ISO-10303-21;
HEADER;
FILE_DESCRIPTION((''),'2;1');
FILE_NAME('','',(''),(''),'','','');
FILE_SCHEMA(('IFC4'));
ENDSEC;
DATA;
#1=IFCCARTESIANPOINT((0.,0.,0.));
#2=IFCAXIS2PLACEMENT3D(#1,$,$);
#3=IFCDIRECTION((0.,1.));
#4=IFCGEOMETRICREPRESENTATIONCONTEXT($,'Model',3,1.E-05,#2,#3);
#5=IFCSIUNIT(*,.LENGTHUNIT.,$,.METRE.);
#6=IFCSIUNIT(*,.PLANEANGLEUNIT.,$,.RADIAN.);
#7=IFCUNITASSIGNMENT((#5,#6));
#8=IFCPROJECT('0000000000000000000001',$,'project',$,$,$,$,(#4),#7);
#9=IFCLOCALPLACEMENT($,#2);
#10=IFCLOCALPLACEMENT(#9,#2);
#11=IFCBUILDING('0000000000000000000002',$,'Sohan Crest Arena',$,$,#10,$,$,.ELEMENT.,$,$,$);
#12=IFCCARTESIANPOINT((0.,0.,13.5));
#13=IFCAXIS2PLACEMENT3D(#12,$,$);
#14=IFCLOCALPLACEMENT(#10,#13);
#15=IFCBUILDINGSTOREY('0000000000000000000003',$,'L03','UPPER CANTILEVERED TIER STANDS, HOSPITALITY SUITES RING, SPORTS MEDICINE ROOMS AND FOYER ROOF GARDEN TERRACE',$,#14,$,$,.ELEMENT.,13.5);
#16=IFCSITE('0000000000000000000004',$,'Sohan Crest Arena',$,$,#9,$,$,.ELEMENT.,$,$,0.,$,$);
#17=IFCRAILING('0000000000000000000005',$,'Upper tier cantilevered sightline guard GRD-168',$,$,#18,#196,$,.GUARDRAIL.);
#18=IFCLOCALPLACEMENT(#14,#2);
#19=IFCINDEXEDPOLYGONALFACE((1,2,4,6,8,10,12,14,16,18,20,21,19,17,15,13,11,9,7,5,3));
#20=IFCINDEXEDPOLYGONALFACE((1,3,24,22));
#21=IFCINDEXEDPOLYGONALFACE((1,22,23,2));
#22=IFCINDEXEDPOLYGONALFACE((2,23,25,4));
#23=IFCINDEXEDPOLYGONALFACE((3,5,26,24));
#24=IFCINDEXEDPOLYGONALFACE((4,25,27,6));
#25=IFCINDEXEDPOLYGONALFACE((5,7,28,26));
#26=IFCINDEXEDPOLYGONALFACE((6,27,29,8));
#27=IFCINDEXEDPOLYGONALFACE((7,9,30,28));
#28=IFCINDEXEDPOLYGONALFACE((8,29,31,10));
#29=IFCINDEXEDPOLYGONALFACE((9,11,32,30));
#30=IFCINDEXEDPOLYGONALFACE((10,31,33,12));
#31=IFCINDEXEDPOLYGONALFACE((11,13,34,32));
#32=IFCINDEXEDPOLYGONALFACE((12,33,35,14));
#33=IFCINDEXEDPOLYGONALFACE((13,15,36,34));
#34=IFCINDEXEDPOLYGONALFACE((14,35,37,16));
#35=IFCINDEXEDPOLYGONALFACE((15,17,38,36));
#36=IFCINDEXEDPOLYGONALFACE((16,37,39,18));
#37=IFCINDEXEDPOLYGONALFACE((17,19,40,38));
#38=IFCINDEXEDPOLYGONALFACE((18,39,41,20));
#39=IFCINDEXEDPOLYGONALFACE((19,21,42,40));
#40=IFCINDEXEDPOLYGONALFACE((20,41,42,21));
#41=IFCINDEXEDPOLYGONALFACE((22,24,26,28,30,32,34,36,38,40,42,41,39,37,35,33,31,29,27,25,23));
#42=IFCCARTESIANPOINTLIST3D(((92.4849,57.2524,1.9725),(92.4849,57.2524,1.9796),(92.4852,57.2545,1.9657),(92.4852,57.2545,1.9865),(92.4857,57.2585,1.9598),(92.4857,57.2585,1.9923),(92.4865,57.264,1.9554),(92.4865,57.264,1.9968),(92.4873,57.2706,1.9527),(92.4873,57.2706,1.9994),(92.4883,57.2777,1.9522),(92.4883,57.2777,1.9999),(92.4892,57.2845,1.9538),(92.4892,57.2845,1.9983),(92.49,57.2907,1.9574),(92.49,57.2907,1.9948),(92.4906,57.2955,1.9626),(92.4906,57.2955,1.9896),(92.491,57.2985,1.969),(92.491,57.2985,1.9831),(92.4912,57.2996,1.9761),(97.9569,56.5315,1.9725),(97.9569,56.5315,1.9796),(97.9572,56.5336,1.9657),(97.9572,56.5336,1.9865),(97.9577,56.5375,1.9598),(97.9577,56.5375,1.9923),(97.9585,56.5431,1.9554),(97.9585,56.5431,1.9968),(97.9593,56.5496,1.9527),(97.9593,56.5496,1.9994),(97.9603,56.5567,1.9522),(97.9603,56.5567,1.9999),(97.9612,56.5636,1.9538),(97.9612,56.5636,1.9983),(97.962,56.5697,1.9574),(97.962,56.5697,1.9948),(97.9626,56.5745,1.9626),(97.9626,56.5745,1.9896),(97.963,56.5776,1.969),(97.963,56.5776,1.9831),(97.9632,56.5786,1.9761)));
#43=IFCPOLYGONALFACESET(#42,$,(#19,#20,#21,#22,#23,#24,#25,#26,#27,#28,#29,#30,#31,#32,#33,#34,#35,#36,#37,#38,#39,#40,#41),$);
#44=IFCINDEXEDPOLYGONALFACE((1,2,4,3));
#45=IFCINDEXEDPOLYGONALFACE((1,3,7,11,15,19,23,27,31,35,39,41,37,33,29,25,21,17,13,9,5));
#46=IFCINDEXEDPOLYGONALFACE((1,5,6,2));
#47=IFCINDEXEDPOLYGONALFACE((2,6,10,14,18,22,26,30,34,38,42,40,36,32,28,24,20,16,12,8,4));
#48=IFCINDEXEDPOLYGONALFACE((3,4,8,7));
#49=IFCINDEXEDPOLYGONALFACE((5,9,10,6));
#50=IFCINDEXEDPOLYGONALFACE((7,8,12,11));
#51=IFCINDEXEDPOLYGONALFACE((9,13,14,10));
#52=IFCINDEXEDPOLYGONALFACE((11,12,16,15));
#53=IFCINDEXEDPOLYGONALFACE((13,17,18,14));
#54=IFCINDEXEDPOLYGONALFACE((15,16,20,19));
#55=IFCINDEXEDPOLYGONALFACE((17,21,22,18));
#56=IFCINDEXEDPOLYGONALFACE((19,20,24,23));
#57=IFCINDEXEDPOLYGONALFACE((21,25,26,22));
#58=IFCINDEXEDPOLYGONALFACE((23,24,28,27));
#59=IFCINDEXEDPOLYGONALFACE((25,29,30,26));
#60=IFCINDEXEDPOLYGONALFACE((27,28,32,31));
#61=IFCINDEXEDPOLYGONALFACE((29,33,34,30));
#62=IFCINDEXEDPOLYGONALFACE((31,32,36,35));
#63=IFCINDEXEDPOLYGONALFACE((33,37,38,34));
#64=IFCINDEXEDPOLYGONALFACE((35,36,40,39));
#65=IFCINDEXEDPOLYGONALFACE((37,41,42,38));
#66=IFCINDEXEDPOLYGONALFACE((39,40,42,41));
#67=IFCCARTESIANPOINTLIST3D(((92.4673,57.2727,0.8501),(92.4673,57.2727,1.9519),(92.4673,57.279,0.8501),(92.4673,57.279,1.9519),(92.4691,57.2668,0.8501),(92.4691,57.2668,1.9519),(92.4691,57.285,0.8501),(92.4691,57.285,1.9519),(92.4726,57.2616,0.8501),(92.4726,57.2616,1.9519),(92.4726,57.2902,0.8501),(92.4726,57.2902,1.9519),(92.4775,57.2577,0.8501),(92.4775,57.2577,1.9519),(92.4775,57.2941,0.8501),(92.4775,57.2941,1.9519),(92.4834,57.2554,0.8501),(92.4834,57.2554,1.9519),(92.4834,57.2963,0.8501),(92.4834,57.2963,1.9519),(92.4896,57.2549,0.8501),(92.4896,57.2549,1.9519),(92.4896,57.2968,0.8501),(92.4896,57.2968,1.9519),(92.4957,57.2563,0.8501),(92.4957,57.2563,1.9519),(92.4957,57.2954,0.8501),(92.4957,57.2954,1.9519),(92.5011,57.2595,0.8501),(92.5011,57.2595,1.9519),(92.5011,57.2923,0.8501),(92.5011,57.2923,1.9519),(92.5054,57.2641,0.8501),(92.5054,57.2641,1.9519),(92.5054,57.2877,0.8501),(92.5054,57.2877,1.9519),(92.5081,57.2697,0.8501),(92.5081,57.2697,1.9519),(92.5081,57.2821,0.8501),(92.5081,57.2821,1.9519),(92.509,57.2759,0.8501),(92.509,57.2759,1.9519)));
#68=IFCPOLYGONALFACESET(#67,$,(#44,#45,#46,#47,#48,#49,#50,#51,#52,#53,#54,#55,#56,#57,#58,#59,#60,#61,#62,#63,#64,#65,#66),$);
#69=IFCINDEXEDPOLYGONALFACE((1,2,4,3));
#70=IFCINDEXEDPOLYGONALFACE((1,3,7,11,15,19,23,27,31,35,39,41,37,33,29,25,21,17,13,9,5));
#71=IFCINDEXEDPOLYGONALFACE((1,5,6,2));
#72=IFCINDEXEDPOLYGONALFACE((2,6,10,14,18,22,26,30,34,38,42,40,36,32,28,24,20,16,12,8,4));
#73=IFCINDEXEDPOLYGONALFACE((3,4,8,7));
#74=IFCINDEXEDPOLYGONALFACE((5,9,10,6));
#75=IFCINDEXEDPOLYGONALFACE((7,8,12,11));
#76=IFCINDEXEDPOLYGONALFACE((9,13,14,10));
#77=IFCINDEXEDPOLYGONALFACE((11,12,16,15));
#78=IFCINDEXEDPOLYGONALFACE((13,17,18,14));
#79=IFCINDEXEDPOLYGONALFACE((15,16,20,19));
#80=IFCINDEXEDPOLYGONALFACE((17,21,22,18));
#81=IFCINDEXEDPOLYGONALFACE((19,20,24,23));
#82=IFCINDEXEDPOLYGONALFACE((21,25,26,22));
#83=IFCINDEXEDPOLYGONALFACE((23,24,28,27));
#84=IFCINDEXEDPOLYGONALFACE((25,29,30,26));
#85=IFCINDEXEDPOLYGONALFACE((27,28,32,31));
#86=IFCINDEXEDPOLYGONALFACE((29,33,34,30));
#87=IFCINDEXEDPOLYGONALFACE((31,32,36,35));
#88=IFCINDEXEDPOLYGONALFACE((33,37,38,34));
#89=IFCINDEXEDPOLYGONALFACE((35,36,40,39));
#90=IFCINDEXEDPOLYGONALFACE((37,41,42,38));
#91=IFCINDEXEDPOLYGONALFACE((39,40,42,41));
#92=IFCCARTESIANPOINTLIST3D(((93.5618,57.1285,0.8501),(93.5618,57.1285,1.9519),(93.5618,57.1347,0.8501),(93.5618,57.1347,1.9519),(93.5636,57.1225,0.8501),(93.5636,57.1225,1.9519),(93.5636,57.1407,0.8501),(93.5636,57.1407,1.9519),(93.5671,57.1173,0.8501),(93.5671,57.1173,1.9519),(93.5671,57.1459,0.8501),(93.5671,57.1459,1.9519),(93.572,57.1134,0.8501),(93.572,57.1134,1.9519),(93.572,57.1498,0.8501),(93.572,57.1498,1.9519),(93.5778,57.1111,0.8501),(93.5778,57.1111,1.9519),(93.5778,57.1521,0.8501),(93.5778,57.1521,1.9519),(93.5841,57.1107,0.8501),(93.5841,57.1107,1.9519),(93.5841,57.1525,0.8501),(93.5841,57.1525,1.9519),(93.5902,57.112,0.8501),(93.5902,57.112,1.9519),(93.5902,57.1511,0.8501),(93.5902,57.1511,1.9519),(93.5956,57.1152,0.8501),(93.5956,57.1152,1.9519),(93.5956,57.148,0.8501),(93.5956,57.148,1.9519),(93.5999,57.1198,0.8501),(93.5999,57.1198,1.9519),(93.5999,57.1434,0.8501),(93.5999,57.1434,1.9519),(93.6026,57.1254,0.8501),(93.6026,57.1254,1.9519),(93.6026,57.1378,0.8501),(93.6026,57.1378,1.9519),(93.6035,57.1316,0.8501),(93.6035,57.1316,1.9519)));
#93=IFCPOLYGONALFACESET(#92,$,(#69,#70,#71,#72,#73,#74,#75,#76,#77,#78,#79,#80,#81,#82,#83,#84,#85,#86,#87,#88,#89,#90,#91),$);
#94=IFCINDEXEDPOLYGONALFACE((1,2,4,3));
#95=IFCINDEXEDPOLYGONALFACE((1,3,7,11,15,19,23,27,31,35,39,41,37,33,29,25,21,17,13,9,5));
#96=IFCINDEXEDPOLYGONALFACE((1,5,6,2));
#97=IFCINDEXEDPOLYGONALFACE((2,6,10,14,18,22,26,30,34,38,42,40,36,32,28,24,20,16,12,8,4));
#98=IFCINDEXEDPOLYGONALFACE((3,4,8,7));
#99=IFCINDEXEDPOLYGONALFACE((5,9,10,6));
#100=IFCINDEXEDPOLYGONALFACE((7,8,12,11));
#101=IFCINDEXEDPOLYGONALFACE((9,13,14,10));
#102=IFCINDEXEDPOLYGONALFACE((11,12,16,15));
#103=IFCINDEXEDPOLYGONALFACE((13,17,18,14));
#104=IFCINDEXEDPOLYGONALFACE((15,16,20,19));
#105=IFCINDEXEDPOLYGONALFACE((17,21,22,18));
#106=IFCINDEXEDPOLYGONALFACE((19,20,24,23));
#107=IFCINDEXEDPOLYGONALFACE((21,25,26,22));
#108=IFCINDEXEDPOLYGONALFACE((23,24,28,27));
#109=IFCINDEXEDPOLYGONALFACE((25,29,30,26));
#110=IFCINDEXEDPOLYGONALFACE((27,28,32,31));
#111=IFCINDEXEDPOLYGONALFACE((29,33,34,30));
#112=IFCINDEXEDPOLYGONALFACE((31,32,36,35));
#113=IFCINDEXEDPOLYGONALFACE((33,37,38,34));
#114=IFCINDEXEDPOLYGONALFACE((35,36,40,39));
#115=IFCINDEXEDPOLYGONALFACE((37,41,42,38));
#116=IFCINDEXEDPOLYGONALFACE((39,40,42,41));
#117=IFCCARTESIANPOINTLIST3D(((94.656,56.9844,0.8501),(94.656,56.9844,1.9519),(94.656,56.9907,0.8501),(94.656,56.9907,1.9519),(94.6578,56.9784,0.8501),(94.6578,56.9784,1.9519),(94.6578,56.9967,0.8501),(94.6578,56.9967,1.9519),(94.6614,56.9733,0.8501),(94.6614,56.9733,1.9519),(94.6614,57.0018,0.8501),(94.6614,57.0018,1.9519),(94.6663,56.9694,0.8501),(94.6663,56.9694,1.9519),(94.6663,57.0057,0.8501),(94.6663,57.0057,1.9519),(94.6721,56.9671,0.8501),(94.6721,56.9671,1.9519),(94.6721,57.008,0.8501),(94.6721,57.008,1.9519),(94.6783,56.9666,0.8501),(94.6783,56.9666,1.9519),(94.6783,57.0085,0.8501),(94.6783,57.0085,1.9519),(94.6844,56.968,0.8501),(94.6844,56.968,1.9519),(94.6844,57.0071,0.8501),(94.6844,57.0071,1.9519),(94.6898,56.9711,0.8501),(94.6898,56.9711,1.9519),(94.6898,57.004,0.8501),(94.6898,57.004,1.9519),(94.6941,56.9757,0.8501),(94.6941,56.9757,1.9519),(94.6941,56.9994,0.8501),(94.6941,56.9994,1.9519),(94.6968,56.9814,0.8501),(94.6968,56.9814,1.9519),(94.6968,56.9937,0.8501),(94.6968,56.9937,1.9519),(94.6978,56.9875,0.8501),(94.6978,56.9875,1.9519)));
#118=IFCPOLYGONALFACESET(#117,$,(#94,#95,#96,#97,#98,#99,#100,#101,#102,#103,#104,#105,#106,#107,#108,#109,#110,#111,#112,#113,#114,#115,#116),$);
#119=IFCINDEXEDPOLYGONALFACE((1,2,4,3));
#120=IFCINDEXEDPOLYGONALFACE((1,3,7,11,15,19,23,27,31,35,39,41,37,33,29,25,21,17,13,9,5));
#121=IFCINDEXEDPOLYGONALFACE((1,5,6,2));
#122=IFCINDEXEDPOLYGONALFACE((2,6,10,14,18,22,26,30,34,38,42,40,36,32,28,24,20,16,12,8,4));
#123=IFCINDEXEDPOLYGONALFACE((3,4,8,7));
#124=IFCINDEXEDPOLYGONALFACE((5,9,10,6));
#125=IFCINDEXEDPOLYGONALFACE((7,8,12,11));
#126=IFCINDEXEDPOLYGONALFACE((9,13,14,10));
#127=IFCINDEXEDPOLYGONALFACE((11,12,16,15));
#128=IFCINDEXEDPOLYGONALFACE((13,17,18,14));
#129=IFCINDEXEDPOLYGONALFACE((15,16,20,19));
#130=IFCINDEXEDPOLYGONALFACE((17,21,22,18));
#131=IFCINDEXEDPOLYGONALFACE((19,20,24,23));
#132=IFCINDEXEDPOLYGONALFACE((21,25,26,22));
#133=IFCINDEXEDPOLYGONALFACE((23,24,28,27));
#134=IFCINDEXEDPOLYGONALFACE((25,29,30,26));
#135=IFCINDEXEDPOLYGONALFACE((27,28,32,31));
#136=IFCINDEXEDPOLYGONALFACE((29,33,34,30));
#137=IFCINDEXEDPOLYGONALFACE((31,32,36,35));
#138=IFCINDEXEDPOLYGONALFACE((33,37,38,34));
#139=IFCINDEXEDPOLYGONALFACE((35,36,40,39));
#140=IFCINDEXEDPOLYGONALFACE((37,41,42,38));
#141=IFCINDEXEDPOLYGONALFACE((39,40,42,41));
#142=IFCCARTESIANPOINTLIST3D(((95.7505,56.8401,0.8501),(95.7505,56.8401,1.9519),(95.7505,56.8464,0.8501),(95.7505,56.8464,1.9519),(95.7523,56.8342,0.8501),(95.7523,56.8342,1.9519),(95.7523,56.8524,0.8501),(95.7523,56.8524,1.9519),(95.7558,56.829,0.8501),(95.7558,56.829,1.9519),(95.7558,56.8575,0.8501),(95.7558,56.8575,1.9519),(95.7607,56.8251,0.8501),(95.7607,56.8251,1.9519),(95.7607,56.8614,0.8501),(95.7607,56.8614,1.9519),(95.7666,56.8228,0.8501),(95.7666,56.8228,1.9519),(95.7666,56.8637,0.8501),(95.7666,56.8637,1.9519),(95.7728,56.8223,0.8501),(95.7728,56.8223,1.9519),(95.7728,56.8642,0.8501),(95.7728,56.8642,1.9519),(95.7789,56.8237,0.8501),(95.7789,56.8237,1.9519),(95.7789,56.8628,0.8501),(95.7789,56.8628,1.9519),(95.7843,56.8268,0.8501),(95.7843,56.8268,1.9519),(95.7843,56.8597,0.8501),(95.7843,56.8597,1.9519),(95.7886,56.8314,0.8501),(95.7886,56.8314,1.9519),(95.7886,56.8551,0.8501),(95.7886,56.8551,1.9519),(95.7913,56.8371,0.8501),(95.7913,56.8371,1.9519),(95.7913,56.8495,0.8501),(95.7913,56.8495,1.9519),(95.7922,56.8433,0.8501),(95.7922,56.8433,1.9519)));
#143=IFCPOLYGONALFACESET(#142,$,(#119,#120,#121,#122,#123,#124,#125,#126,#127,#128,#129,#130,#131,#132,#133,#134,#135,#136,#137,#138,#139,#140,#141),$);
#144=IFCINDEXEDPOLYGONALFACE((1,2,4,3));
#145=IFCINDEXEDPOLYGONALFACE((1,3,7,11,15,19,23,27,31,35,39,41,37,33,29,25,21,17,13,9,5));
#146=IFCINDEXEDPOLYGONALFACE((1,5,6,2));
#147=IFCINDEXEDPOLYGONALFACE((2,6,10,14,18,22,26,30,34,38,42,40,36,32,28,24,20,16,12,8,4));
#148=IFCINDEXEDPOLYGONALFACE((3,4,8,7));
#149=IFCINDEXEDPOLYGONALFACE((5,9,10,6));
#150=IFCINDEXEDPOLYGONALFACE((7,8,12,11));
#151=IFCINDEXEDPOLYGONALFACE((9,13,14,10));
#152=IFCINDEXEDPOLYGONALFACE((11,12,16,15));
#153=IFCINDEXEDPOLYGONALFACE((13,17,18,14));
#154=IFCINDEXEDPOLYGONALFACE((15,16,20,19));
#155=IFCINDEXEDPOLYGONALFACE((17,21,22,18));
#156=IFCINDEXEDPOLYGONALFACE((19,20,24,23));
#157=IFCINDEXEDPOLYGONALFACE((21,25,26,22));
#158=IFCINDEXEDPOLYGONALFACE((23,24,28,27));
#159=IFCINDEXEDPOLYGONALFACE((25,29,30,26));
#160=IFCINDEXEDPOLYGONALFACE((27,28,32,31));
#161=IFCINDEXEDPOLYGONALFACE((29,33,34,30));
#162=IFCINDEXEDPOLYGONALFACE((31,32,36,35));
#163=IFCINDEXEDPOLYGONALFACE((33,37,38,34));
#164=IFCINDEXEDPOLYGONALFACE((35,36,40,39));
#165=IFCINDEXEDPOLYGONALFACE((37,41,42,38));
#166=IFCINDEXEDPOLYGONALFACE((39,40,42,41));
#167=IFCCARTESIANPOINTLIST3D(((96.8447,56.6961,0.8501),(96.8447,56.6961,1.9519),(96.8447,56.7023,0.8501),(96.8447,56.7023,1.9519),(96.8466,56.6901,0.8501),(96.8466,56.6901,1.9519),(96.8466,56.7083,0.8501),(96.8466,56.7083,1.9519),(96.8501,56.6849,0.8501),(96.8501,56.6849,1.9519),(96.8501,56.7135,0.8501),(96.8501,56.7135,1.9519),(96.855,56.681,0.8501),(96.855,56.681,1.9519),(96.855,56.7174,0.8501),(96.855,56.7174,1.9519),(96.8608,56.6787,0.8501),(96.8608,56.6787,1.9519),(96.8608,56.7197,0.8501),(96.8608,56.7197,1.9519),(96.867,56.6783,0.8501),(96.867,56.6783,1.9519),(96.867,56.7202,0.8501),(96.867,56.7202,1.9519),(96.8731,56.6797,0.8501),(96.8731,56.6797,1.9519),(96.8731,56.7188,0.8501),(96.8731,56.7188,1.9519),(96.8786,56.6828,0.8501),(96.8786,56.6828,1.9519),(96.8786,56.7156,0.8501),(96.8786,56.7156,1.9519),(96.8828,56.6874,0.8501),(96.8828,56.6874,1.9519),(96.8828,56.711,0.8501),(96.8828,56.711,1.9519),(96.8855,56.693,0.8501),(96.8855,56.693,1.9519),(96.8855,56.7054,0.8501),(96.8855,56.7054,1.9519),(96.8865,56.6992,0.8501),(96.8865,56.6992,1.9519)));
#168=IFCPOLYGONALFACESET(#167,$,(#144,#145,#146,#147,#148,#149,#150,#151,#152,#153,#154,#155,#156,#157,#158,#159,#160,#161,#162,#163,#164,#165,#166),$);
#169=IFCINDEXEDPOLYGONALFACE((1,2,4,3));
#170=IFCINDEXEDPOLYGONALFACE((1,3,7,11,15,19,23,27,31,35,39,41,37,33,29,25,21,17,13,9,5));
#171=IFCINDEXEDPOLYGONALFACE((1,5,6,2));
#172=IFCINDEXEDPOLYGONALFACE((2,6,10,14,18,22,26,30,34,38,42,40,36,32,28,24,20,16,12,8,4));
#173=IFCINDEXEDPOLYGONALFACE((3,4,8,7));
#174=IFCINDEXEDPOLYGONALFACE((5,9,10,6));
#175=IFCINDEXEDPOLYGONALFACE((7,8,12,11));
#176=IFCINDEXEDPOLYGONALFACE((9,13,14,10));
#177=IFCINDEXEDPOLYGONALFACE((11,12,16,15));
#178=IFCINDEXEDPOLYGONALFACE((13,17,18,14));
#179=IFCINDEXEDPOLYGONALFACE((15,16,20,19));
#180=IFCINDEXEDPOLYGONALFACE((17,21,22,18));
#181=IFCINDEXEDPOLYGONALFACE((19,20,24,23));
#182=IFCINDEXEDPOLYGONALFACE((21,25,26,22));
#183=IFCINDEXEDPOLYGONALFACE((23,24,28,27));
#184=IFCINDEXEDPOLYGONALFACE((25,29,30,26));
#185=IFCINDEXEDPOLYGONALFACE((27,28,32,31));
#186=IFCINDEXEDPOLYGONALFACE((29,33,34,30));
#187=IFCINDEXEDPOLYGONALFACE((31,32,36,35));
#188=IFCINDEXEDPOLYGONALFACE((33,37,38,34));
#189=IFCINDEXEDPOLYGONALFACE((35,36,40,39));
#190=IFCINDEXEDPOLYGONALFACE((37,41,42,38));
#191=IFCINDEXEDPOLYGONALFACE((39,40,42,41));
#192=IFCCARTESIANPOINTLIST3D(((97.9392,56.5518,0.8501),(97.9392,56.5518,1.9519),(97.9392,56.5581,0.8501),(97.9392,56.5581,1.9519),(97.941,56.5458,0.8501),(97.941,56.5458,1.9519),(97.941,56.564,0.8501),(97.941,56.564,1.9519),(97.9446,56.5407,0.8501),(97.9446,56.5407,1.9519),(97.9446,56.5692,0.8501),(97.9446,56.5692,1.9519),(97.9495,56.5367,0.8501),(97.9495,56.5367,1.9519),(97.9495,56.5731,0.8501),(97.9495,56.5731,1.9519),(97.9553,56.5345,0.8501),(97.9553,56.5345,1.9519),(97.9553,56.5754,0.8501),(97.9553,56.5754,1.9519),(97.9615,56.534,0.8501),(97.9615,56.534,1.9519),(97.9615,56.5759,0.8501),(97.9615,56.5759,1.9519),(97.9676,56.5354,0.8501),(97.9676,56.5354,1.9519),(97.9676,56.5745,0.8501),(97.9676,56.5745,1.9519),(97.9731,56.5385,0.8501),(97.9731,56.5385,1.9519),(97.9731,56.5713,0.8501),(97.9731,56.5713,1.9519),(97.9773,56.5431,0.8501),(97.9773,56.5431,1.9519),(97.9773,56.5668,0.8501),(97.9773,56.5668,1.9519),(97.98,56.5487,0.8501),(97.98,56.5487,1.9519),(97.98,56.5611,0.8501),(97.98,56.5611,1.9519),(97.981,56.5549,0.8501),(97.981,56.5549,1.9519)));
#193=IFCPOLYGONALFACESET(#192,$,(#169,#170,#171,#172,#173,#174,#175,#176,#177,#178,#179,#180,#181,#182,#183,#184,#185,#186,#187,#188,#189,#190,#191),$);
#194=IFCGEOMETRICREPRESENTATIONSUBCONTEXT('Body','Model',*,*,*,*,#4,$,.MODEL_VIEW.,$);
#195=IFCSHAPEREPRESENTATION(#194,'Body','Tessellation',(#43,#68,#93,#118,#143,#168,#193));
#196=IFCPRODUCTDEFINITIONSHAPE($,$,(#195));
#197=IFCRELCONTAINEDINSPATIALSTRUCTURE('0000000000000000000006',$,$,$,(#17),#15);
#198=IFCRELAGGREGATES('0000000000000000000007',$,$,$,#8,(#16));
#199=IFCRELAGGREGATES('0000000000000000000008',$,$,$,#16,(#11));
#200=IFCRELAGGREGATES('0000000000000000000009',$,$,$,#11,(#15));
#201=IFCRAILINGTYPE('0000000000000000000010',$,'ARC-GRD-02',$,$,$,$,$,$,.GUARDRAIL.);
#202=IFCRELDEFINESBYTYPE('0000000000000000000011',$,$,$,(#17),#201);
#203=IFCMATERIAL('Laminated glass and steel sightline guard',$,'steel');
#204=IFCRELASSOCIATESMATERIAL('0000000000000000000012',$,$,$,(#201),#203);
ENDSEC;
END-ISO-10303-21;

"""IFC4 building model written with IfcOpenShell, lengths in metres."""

from ifc_helpers import new_model, si_unit, direction, frame, origin, origin_2d, place, context, subcontext, project, spatial, circle, extrude, material, type_object, element, save


model = new_model("IFC4")

# Units and contexts
model_context = context("Model", 3, precision=1e-05, world=origin(), true_north=direction((0.0, 1.0)))
body_context = subcontext(model_context, "Body", "Model", "MODEL_VIEW")
ifc_project = project(units=[si_unit("LENGTHUNIT", "METRE"), si_unit("PLANEANGLEUNIT", "RADIAN")], contexts=[model_context])

# Site, building, storey
site_placement = place(None, origin())
site = spatial("IfcSite", under=ifc_project, at=site_placement, Name="Sohan Crest Arena", CompositionType="ELEMENT", RefElevation=0.0)
building_placement = place(site_placement, origin())
building = spatial("IfcBuilding", under=site, at=building_placement, Name="Sohan Crest Arena", CompositionType="ELEMENT")
storey_placement = place(building_placement, frame((0.0, 0.0, 13.5)))
storey = spatial("IfcBuildingStorey", under=building, at=storey_placement, Name="L03", Description="UPPER CANTILEVERED TIER STANDS, HOSPITALITY SUITES RING, SPORTS MEDICINE ROOMS AND FOYER ROOF GARDEN TERRACE", CompositionType="ELEMENT", Elevation=13.5)

# Railing
ifc_material_1 = material(Name="Laminated glass and steel sightline guard", Category="steel")
railing_type = type_object("IfcRailingType", Name="ARC-GRD-02", PredefinedType="GUARDRAIL", material=ifc_material_1)
railing_placement = place(storey_placement, frame((92.488, 57.2759, 0.8501)))
element("IfcRailing", 1, at=railing_placement, inside=storey, type_object=railing_type, Name="Upper tier cantilevered sightline guard GRD-168", PredefinedType="GUARDRAIL", context=body_context, shape_type="SweptSolid", body=[
    extrude(circle(Radius=0.0239, at=origin_2d()), frame((0.0, 0.0, 1.126), z_axis=(0.991432, -0.130625, 0.0), x_axis=(0.130625, 0.991432, 0.0)), (0.0, 0.0, 1.0), 5.5193),
    extrude(circle(Radius=0.021, at=origin_2d()), origin(), (0.0, 0.0, 1.0), 1.1018),
    extrude(circle(Radius=0.021, at=origin_2d()), frame((1.0945, -0.1443, 0.0)), (0.0, 0.0, 1.0), 1.1018),
    extrude(circle(Radius=0.021, at=origin_2d()), frame((2.1887, -0.2883, 0.0)), (0.0, 0.0, 1.0), 1.1018),
    extrude(circle(Radius=0.021, at=origin_2d()), frame((3.2832, -0.4326, 0.0)), (0.0, 0.0, 1.0), 1.1018),
    extrude(circle(Radius=0.021, at=origin_2d()), frame((4.3774, -0.5767, 0.0)), (0.0, 0.0, 1.0), 1.1018),
    extrude(circle(Radius=0.021, at=origin_2d()), frame((5.4719, -0.7209, 0.0)), (0.0, 0.0, 1.0), 1.1018),
])

save(model, "model.ifc")
